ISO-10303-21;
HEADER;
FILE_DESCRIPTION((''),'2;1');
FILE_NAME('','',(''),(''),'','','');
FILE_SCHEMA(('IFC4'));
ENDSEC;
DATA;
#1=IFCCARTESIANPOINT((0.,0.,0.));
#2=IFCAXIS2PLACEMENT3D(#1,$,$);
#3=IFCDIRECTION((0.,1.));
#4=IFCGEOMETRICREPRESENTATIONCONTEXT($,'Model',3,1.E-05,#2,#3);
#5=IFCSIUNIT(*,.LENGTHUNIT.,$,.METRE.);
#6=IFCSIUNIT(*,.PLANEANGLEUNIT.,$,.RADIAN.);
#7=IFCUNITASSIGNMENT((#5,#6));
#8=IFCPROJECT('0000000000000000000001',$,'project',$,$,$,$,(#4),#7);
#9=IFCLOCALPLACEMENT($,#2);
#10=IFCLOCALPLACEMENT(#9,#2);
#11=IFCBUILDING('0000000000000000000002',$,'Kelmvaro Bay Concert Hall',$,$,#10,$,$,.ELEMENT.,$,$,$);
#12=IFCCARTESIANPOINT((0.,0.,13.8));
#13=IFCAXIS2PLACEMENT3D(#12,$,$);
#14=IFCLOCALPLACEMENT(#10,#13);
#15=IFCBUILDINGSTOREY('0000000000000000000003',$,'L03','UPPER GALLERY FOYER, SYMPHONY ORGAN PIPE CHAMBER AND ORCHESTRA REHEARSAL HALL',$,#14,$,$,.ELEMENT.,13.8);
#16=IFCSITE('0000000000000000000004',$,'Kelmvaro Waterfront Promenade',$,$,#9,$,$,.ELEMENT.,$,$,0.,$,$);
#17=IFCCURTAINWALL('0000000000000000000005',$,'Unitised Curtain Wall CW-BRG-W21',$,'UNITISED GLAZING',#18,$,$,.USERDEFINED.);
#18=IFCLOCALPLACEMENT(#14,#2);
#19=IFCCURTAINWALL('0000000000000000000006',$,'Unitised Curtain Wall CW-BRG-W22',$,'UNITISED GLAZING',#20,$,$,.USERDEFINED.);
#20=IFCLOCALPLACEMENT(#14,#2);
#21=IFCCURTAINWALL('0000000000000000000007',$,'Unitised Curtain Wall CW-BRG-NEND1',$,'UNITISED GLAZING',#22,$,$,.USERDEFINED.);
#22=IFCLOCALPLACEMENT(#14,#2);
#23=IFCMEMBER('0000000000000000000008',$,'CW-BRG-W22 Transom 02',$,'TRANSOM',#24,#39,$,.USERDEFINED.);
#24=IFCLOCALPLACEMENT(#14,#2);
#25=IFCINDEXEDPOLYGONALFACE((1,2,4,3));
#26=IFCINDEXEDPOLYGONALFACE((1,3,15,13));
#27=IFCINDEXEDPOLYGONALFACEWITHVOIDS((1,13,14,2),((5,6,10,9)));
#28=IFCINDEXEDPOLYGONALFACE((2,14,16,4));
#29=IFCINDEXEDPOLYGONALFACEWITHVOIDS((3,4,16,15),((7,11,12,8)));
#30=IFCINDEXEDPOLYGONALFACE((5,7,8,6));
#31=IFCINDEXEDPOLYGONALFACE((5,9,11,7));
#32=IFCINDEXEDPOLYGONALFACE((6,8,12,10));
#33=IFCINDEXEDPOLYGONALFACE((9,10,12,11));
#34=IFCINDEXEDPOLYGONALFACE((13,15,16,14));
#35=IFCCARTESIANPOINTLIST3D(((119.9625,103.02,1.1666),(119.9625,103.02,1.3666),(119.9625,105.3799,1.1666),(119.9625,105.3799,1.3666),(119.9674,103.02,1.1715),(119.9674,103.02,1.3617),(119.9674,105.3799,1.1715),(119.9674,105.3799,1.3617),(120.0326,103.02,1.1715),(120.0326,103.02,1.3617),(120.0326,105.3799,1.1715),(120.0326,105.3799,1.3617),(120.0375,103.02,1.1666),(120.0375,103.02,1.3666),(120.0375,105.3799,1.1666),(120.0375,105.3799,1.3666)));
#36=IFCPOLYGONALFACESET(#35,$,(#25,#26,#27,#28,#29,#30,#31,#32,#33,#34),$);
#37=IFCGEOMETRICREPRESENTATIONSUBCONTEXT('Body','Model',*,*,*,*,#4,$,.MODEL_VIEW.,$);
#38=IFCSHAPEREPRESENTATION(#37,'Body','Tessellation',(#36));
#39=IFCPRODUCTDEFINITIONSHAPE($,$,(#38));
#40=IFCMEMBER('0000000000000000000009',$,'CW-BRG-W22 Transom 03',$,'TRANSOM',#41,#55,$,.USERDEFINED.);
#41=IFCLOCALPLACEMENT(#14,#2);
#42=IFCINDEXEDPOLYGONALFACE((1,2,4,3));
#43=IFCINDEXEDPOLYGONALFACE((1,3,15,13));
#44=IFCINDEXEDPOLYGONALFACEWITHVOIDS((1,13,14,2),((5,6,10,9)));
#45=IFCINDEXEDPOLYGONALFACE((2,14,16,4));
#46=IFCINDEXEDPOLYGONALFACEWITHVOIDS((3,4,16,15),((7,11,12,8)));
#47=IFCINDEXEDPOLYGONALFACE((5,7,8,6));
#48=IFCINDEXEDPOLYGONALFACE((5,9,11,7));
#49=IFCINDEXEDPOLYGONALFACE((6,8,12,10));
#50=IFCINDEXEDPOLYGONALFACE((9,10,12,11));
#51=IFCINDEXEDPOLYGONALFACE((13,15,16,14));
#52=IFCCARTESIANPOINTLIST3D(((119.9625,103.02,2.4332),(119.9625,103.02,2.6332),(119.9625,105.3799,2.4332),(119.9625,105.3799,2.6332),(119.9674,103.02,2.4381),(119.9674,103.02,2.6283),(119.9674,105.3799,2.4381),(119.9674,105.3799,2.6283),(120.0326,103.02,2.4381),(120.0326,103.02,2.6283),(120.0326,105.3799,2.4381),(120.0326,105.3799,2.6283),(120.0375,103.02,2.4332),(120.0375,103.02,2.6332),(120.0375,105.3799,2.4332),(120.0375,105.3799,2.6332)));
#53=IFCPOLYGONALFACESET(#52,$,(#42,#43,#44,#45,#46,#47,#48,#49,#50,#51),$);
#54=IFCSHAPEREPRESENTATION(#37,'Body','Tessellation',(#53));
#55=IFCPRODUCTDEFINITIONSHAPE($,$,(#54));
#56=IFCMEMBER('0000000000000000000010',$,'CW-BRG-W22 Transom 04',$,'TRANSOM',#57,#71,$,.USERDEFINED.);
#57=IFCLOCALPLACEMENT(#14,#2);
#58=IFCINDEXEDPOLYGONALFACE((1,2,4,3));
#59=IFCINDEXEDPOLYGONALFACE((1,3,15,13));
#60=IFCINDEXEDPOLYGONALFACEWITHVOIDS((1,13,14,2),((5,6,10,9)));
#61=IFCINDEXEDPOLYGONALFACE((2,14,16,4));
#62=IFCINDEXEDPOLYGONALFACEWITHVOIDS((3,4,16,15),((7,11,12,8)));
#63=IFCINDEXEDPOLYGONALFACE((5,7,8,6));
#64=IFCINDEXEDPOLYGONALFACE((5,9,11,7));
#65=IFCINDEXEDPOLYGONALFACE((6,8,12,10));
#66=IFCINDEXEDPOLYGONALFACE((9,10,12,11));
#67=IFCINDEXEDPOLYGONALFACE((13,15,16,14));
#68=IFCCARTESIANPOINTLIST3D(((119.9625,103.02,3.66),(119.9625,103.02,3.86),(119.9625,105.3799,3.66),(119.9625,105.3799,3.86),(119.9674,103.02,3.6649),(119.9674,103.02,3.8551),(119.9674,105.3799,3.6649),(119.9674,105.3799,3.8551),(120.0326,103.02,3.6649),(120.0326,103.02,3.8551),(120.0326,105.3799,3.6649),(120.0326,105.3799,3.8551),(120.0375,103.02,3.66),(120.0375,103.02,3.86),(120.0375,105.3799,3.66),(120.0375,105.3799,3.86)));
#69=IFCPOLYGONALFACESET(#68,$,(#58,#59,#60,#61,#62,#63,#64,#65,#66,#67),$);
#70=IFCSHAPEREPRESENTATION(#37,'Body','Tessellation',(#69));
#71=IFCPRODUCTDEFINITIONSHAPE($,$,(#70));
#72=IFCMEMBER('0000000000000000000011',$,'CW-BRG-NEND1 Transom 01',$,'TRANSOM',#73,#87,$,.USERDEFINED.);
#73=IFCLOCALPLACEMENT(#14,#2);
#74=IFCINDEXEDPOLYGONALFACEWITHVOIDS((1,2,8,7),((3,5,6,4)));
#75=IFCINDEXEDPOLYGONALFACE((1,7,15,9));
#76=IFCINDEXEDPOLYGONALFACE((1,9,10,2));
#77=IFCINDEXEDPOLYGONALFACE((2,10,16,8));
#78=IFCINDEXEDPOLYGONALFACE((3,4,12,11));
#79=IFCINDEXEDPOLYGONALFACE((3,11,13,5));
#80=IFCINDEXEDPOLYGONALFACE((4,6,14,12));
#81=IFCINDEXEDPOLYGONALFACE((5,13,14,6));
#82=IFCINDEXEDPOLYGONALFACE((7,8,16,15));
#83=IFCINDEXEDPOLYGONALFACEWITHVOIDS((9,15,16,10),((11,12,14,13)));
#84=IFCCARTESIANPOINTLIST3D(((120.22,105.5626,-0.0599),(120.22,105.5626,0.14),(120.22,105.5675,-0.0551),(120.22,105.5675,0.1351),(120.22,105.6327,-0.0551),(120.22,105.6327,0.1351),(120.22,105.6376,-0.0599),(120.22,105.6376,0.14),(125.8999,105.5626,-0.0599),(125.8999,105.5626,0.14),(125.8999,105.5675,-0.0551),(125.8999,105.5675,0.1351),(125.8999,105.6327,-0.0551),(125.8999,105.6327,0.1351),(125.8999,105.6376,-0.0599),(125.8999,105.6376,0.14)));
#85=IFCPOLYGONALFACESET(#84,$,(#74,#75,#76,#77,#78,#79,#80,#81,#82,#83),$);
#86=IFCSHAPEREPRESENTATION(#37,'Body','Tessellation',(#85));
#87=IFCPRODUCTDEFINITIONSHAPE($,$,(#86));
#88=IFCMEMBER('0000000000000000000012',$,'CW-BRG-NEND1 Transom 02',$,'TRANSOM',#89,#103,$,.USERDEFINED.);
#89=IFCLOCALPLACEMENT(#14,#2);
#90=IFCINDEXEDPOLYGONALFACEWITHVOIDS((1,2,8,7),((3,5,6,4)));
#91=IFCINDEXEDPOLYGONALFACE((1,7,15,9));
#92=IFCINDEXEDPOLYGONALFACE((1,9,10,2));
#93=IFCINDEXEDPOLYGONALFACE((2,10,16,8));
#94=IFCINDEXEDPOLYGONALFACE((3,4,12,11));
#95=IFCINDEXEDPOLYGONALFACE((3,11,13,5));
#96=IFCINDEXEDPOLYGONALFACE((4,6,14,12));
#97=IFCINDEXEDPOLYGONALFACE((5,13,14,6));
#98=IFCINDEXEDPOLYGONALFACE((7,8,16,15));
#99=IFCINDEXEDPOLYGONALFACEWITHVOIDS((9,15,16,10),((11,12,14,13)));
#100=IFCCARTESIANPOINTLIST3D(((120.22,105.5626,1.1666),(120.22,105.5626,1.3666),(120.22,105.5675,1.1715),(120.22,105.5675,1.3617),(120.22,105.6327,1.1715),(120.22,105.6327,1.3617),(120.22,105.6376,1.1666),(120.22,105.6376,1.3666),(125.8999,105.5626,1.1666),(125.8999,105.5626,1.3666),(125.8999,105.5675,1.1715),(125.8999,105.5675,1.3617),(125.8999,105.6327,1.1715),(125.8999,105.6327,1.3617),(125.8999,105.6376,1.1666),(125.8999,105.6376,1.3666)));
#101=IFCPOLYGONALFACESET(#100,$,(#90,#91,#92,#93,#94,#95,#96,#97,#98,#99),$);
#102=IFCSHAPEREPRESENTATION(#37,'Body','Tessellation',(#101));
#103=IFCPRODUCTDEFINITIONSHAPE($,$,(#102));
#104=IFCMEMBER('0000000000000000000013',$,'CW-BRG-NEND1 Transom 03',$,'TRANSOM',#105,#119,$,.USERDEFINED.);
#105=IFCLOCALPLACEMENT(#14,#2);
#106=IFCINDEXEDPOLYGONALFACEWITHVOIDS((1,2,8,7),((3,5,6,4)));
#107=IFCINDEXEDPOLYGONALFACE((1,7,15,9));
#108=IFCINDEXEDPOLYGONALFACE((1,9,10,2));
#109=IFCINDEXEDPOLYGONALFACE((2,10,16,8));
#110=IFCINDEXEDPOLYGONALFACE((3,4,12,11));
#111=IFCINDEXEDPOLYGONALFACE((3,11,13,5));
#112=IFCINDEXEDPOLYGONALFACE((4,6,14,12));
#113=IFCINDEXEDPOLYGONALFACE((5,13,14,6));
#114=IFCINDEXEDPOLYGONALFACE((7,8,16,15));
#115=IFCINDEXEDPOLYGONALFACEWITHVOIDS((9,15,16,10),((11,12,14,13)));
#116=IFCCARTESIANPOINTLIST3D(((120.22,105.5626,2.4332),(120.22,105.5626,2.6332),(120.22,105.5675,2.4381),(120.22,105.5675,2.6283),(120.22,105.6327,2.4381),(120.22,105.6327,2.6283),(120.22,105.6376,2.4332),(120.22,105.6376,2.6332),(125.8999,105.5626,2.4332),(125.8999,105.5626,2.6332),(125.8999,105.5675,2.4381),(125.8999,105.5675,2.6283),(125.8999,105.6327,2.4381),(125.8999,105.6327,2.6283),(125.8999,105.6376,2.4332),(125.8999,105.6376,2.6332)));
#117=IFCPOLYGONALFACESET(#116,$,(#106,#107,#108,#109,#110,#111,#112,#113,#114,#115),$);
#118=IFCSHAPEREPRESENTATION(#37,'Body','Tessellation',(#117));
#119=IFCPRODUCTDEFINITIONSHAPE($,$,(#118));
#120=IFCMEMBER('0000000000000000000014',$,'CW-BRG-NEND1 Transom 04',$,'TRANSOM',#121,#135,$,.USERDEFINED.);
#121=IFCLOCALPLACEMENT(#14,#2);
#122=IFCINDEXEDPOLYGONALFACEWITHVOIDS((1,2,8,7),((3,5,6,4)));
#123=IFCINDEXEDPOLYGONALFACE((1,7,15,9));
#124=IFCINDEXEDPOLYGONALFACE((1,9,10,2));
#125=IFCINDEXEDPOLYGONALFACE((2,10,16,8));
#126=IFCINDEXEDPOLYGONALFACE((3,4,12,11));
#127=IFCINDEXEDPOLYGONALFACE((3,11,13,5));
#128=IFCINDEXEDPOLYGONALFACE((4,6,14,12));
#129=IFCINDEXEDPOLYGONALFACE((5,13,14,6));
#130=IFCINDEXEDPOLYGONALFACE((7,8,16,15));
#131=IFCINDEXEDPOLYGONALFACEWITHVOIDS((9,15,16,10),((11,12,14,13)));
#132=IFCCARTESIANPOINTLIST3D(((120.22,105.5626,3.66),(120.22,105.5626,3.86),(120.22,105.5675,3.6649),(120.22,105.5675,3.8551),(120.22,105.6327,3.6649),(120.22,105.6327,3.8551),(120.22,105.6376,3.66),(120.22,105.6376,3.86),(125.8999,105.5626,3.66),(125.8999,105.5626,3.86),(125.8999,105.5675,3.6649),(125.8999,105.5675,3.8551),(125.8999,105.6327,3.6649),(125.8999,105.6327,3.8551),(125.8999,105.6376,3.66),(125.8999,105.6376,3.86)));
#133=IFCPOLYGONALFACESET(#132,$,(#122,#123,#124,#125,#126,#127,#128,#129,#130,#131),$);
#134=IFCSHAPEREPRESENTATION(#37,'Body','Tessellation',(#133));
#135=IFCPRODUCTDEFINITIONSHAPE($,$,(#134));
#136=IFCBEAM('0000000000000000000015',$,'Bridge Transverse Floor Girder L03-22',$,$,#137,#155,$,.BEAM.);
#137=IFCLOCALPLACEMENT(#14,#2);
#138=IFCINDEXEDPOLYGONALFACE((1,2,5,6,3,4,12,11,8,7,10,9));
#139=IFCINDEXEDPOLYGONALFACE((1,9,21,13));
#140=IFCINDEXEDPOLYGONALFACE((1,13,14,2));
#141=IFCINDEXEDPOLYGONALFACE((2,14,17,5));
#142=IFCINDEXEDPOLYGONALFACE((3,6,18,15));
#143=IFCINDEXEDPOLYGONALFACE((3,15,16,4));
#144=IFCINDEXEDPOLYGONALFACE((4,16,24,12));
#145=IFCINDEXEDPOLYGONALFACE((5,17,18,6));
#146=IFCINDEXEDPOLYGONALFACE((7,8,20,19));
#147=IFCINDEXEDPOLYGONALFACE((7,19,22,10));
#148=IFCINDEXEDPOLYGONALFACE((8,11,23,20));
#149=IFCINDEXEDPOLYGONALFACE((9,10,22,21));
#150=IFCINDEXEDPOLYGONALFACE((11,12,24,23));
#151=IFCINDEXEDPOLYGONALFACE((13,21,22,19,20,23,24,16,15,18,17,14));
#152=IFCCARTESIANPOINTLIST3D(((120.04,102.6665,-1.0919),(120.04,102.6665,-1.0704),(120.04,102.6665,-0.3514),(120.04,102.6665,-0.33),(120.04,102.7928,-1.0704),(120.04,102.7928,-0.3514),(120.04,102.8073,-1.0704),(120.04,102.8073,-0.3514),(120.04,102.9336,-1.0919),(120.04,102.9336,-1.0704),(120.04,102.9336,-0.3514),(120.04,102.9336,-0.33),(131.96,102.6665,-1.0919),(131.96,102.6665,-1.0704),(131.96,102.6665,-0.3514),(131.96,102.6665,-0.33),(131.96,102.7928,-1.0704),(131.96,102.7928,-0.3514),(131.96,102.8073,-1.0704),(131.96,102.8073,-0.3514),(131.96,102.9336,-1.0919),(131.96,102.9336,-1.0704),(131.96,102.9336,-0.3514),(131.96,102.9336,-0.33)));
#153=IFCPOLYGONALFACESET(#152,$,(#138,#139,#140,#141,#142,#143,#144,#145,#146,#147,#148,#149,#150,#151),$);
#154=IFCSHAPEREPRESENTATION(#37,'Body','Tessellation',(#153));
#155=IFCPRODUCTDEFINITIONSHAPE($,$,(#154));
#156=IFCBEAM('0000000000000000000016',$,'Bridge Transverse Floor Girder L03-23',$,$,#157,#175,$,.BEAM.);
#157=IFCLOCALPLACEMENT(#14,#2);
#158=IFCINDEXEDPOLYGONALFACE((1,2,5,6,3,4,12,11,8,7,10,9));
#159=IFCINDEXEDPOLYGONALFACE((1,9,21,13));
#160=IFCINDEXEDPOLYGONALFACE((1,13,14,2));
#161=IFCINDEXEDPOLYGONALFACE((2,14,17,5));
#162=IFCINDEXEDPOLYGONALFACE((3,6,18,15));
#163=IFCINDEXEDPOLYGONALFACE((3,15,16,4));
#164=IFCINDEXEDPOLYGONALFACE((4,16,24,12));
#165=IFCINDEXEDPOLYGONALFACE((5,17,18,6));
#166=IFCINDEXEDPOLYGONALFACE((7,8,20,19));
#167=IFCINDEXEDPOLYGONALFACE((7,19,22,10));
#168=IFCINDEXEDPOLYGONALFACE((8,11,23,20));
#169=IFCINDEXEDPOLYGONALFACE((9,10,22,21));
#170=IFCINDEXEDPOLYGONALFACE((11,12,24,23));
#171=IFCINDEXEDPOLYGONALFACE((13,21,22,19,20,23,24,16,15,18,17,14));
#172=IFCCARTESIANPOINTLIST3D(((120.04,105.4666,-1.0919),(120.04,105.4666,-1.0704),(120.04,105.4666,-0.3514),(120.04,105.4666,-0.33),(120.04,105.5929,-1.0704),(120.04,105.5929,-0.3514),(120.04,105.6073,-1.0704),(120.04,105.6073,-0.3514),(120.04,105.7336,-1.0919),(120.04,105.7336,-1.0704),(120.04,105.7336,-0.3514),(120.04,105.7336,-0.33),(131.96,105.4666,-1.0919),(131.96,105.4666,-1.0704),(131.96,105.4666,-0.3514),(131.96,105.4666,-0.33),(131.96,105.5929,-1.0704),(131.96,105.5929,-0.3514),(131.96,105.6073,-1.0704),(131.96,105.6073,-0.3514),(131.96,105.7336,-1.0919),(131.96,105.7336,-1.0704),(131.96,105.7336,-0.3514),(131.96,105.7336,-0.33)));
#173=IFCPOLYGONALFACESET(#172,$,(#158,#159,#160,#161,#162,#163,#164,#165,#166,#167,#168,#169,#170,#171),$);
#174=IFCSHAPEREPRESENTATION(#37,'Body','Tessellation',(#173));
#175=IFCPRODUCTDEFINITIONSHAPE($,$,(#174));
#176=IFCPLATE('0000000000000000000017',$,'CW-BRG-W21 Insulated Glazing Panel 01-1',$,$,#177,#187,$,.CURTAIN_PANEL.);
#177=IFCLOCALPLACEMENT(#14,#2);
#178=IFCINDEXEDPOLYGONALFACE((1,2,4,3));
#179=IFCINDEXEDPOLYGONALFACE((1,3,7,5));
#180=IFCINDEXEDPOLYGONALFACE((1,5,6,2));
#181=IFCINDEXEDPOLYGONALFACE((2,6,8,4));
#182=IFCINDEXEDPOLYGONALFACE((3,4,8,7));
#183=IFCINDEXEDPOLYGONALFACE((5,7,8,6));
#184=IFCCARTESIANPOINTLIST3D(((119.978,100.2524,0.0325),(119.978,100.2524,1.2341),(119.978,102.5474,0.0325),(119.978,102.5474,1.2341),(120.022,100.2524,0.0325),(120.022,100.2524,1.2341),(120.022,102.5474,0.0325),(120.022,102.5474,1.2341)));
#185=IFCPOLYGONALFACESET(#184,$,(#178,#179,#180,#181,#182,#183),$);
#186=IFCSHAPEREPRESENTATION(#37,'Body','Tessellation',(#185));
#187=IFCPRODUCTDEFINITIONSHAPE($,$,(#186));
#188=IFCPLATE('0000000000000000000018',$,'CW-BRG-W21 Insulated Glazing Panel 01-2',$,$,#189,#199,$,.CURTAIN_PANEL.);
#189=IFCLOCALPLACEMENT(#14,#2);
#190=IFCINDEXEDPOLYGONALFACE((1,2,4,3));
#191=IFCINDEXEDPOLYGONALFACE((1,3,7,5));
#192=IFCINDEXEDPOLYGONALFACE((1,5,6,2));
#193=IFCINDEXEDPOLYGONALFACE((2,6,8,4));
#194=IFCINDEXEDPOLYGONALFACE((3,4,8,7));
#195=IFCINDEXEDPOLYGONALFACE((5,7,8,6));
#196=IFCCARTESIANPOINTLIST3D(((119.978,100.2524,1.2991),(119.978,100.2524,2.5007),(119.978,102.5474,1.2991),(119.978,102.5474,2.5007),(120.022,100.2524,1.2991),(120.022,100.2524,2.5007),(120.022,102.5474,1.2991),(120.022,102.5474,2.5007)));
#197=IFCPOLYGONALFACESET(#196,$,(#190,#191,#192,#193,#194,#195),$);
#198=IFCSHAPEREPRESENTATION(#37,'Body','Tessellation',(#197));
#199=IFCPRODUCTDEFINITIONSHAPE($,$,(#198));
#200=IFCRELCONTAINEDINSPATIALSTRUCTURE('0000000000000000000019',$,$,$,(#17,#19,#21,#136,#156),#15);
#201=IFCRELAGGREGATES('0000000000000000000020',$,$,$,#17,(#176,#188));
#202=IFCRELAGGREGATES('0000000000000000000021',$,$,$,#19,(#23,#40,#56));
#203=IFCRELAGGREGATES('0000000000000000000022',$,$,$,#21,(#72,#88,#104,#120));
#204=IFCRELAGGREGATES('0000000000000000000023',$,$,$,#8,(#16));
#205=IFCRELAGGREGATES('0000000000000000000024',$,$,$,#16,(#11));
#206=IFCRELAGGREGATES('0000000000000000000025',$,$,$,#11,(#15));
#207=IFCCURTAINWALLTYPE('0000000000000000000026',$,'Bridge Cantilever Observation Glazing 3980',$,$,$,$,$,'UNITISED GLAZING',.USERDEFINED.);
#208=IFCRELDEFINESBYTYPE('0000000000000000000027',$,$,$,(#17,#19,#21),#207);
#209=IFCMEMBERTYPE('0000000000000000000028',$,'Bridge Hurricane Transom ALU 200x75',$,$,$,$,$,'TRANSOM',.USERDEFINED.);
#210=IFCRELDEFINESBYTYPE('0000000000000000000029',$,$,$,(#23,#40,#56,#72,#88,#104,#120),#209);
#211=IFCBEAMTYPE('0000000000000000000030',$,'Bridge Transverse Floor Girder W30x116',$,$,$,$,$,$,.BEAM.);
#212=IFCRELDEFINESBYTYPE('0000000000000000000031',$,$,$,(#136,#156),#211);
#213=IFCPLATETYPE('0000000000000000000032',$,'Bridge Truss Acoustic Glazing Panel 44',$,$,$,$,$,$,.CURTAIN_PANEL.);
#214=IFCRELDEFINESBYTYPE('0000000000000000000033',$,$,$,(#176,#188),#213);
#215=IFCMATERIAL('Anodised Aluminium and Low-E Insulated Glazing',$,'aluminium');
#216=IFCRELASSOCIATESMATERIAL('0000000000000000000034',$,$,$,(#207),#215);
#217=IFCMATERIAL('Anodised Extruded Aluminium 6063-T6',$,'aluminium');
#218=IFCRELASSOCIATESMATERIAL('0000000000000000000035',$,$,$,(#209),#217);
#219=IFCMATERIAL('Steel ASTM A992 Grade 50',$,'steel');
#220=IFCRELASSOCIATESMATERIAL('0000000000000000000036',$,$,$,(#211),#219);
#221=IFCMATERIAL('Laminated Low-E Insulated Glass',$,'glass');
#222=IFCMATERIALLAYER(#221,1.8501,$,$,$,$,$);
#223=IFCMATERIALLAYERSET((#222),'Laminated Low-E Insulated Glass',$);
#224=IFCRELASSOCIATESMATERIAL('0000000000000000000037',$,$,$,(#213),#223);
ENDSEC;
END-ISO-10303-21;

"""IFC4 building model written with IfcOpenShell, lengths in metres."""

from ifc_helpers import new_model, si_unit, direction, frame, origin, origin_2d, place, context, subcontext, project, spatial, rectangle, hollow_rectangle, i_section, extrude, material, layer, layer_set, material_profile, profile_set, type_object, element, aggregate, save


model = new_model("IFC4")

# Units and contexts
model_context = context("Model", 3, precision=1e-05, world=origin(), true_north=direction((0.0, 1.0)))
body_context = subcontext(model_context, "Body", "Model", "MODEL_VIEW")
ifc_project = project(units=[si_unit("LENGTHUNIT", "METRE"), si_unit("PLANEANGLEUNIT", "RADIAN")], contexts=[model_context])

# Site, building, storey
site_placement = place(None, origin())
site = spatial("IfcSite", under=ifc_project, at=site_placement, Name="Kelmvaro Waterfront Promenade", CompositionType="ELEMENT", RefElevation=0.0)
building_placement = place(site_placement, origin())
building = spatial("IfcBuilding", under=site, at=building_placement, Name="Kelmvaro Bay Concert Hall", CompositionType="ELEMENT")
storey_placement = place(building_placement, frame((0.0, 0.0, 13.8)))
storey = spatial("IfcBuildingStorey", under=building, at=storey_placement, Name="L03", Description="UPPER GALLERY FOYER, SYMPHONY ORGAN PIPE CHAMBER AND ORCHESTRA REHEARSAL HALL", CompositionType="ELEMENT", Elevation=13.8)

# Curtain walls
ifc_material_1 = material(Name="Anodised Aluminium and Low-E Insulated Glazing", Category="aluminium")
curtain_wall_type = type_object("IfcCurtainWallType", Name="Bridge Cantilever Observation Glazing 3980", ElementType="UNITISED GLAZING", PredefinedType="USERDEFINED", material=ifc_material_1)
curtain_wall_1_placement = place(storey_placement, origin())
curtain_wall_1 = element("IfcCurtainWall", 1, at=curtain_wall_1_placement, inside=storey, type_object=curtain_wall_type, Name="Unitised Curtain Wall CW-BRG-W21", ObjectType="UNITISED GLAZING", PredefinedType="USERDEFINED")
curtain_wall_2_placement = place(storey_placement, origin())
curtain_wall_2 = element("IfcCurtainWall", 2, at=curtain_wall_2_placement, inside=storey, type_object=curtain_wall_type, Name="Unitised Curtain Wall CW-BRG-W22", ObjectType="UNITISED GLAZING", PredefinedType="USERDEFINED")
curtain_wall_3_placement = place(storey_placement, origin())
curtain_wall_3 = element("IfcCurtainWall", 3, at=curtain_wall_3_placement, inside=storey, type_object=curtain_wall_type, Name="Unitised Curtain Wall CW-BRG-NEND1", ObjectType="UNITISED GLAZING", PredefinedType="USERDEFINED")

# Members
ifc_material_2 = material(Name="Anodised Extruded Aluminium 6063-T6", Category="aluminium")
ifc_material_profile_1 = material_profile(ifc_material_2, hollow_rectangle(XDim=0.075, YDim=0.2, WallThickness=0.0049, at=origin_2d()), Name="ALU-TRN-200X75")
ifc_profile_set_1 = profile_set([ifc_material_profile_1], Name="Anodised Extruded Aluminium 6063-T6")
member_type_1 = type_object("IfcMemberType", Name="Bridge Hurricane Transom ALU 200x75", ElementType="TRANSOM", PredefinedType="USERDEFINED", material=ifc_profile_set_1)
member_1_placement = place(storey_placement, frame((120.0, 103.02, 1.2666), z_axis=(0.0, 1.0, 0.0), x_axis=(-1.0, 0.0, 0.0)))
member_1 = element("IfcMember", 4, at=member_1_placement, type_object=member_type_1, Name="CW-BRG-W22 Transom 02", ObjectType="TRANSOM", PredefinedType="USERDEFINED", context=body_context, shape_type="SweptSolid", body=[
    extrude(hollow_rectangle(XDim=0.075, YDim=0.2, WallThickness=0.0049, at=origin_2d()), origin(), (0.0, 0.0, 1.0), 2.3599),
])
member_2_placement = place(storey_placement, frame((120.0, 103.02, 2.5332), z_axis=(0.0, 1.0, 0.0), x_axis=(-1.0, 0.0, 0.0)))
member_2 = element("IfcMember", 5, at=member_2_placement, type_object=member_type_1, Name="CW-BRG-W22 Transom 03", ObjectType="TRANSOM", PredefinedType="USERDEFINED", context=body_context, shape_type="SweptSolid", body=[
    extrude(hollow_rectangle(XDim=0.075, YDim=0.2, WallThickness=0.0049, at=origin_2d()), origin(), (0.0, 0.0, 1.0), 2.3599),
])
member_3_placement = place(storey_placement, frame((120.0, 103.02, 3.76), z_axis=(0.0, 1.0, 0.0), x_axis=(-1.0, 0.0, 0.0)))
member_3 = element("IfcMember", 6, at=member_3_placement, type_object=member_type_1, Name="CW-BRG-W22 Transom 04", ObjectType="TRANSOM", PredefinedType="USERDEFINED", context=body_context, shape_type="SweptSolid", body=[
    extrude(hollow_rectangle(XDim=0.075, YDim=0.2, WallThickness=0.0049, at=origin_2d()), origin(), (0.0, 0.0, 1.0), 2.3599),
])
member_4_placement = place(storey_placement, frame((120.22, 105.6001, 0.04), z_axis=(1.0, 0.0, 0.0), x_axis=(0.0, 1.0, 0.0)))
member_4 = element("IfcMember", 7, at=member_4_placement, type_object=member_type_1, Name="CW-BRG-NEND1 Transom 01", ObjectType="TRANSOM", PredefinedType="USERDEFINED", context=body_context, shape_type="SweptSolid", body=[
    extrude(hollow_rectangle(XDim=0.075, YDim=0.2, WallThickness=0.0049, at=origin_2d()), origin(), (0.0, 0.0, 1.0), 5.6799),
])
member_5_placement = place(storey_placement, frame((120.22, 105.6001, 1.2666), z_axis=(1.0, 0.0, 0.0), x_axis=(0.0, 1.0, 0.0)))
member_5 = element("IfcMember", 8, at=member_5_placement, type_object=member_type_1, Name="CW-BRG-NEND1 Transom 02", ObjectType="TRANSOM", PredefinedType="USERDEFINED", context=body_context, shape_type="SweptSolid", body=[
    extrude(hollow_rectangle(XDim=0.075, YDim=0.2, WallThickness=0.0049, at=origin_2d()), origin(), (0.0, 0.0, 1.0), 5.6799),
])
member_6_placement = place(storey_placement, frame((120.22, 105.6001, 2.5332), z_axis=(1.0, 0.0, 0.0), x_axis=(0.0, 1.0, 0.0)))
member_6 = element("IfcMember", 9, at=member_6_placement, type_object=member_type_1, Name="CW-BRG-NEND1 Transom 03", ObjectType="TRANSOM", PredefinedType="USERDEFINED", context=body_context, shape_type="SweptSolid", body=[
    extrude(hollow_rectangle(XDim=0.075, YDim=0.2, WallThickness=0.0049, at=origin_2d()), origin(), (0.0, 0.0, 1.0), 5.6799),
])
member_7_placement = place(storey_placement, frame((120.22, 105.6001, 3.76), z_axis=(1.0, 0.0, 0.0), x_axis=(0.0, 1.0, 0.0)))
member_7 = element("IfcMember", 10, at=member_7_placement, type_object=member_type_1, Name="CW-BRG-NEND1 Transom 04", ObjectType="TRANSOM", PredefinedType="USERDEFINED", context=body_context, shape_type="SweptSolid", body=[
    extrude(hollow_rectangle(XDim=0.075, YDim=0.2, WallThickness=0.0049, at=origin_2d()), origin(), (0.0, 0.0, 1.0), 5.6799),
])

# Beams
ifc_material_3 = material(Name="Steel ASTM A992 Grade 50", Category="steel")
ifc_material_profile_2 = material_profile(ifc_material_3, i_section(OverallWidth=0.2671, OverallDepth=0.762, WebThickness=0.0144, FlangeThickness=0.0215, at=origin_2d()), Name="W30X116")
ifc_profile_set_2 = profile_set([ifc_material_profile_2], Name="Steel ASTM A992 Grade 50")
beam_type = type_object("IfcBeamType", Name="Bridge Transverse Floor Girder W30x116", PredefinedType="BEAM", material=ifc_profile_set_2)
for number, where, z_axis, x_axis, name in (
    (11, (120.04, 102.8, -0.7109), (1.0, 0.0, 0.0), (0.0, 1.0, 0.0), "Bridge Transverse Floor Girder L03-22"),
    (12, (120.04, 105.6001, -0.7109), (1.0, 0.0, 0.0), (0.0, 1.0, 0.0), "Bridge Transverse Floor Girder L03-23"),
):
    element("IfcBeam", number, at=place(storey_placement, frame(where, z_axis=z_axis, x_axis=x_axis)), inside=storey, type_object=beam_type, Name=name, PredefinedType="BEAM", context=body_context, shape_type="SweptSolid", body=[
        extrude(i_section(OverallWidth=0.2671, OverallDepth=0.762, WebThickness=0.0144, FlangeThickness=0.0215, at=origin_2d()), origin(), (0.0, 0.0, 1.0), 11.9199),
    ])

# Plates
ifc_material_4 = material(Name="Laminated Low-E Insulated Glass", Category="glass")
ifc_layer = layer(ifc_material_4, 1.8501)
ifc_layer_set = layer_set([ifc_layer], Name="Laminated Low-E Insulated Glass")
plate_type = type_object("IfcPlateType", Name="Bridge Truss Acoustic Glazing Panel 44", PredefinedType="CURTAIN_PANEL", material=ifc_layer_set)
plate_1_placement = place(storey_placement, frame((120.0, 101.3999, 0.0325), z_axis=(0.0, 0.0, 1.0), x_axis=(0.0, 1.0, 0.0)))
plate_1 = element("IfcPlate", 13, at=plate_1_placement, type_object=plate_type, Name="CW-BRG-W21 Insulated Glazing Panel 01-1", PredefinedType="CURTAIN_PANEL", context=body_context, shape_type="SweptSolid", body=[
    extrude(rectangle(XDim=2.2949, YDim=0.0439, at=origin_2d()), origin(), (0.0, 0.0, 1.0), 1.2017),
])
plate_2_placement = place(storey_placement, frame((120.0, 101.3999, 1.2991), z_axis=(0.0, 0.0, 1.0), x_axis=(0.0, 1.0, 0.0)))
plate_2 = element("IfcPlate", 14, at=plate_2_placement, type_object=plate_type, Name="CW-BRG-W21 Insulated Glazing Panel 01-2", PredefinedType="CURTAIN_PANEL", context=body_context, shape_type="SweptSolid", body=[
    extrude(rectangle(XDim=2.2949, YDim=0.0439, at=origin_2d()), origin(), (0.0, 0.0, 1.0), 1.2017),
])
aggregate(curtain_wall_1, [plate_1, plate_2])
aggregate(curtain_wall_2, [member_1, member_2, member_3])
aggregate(curtain_wall_3, [member_4, member_5, member_6, member_7])

save(model, "model.ifc")
